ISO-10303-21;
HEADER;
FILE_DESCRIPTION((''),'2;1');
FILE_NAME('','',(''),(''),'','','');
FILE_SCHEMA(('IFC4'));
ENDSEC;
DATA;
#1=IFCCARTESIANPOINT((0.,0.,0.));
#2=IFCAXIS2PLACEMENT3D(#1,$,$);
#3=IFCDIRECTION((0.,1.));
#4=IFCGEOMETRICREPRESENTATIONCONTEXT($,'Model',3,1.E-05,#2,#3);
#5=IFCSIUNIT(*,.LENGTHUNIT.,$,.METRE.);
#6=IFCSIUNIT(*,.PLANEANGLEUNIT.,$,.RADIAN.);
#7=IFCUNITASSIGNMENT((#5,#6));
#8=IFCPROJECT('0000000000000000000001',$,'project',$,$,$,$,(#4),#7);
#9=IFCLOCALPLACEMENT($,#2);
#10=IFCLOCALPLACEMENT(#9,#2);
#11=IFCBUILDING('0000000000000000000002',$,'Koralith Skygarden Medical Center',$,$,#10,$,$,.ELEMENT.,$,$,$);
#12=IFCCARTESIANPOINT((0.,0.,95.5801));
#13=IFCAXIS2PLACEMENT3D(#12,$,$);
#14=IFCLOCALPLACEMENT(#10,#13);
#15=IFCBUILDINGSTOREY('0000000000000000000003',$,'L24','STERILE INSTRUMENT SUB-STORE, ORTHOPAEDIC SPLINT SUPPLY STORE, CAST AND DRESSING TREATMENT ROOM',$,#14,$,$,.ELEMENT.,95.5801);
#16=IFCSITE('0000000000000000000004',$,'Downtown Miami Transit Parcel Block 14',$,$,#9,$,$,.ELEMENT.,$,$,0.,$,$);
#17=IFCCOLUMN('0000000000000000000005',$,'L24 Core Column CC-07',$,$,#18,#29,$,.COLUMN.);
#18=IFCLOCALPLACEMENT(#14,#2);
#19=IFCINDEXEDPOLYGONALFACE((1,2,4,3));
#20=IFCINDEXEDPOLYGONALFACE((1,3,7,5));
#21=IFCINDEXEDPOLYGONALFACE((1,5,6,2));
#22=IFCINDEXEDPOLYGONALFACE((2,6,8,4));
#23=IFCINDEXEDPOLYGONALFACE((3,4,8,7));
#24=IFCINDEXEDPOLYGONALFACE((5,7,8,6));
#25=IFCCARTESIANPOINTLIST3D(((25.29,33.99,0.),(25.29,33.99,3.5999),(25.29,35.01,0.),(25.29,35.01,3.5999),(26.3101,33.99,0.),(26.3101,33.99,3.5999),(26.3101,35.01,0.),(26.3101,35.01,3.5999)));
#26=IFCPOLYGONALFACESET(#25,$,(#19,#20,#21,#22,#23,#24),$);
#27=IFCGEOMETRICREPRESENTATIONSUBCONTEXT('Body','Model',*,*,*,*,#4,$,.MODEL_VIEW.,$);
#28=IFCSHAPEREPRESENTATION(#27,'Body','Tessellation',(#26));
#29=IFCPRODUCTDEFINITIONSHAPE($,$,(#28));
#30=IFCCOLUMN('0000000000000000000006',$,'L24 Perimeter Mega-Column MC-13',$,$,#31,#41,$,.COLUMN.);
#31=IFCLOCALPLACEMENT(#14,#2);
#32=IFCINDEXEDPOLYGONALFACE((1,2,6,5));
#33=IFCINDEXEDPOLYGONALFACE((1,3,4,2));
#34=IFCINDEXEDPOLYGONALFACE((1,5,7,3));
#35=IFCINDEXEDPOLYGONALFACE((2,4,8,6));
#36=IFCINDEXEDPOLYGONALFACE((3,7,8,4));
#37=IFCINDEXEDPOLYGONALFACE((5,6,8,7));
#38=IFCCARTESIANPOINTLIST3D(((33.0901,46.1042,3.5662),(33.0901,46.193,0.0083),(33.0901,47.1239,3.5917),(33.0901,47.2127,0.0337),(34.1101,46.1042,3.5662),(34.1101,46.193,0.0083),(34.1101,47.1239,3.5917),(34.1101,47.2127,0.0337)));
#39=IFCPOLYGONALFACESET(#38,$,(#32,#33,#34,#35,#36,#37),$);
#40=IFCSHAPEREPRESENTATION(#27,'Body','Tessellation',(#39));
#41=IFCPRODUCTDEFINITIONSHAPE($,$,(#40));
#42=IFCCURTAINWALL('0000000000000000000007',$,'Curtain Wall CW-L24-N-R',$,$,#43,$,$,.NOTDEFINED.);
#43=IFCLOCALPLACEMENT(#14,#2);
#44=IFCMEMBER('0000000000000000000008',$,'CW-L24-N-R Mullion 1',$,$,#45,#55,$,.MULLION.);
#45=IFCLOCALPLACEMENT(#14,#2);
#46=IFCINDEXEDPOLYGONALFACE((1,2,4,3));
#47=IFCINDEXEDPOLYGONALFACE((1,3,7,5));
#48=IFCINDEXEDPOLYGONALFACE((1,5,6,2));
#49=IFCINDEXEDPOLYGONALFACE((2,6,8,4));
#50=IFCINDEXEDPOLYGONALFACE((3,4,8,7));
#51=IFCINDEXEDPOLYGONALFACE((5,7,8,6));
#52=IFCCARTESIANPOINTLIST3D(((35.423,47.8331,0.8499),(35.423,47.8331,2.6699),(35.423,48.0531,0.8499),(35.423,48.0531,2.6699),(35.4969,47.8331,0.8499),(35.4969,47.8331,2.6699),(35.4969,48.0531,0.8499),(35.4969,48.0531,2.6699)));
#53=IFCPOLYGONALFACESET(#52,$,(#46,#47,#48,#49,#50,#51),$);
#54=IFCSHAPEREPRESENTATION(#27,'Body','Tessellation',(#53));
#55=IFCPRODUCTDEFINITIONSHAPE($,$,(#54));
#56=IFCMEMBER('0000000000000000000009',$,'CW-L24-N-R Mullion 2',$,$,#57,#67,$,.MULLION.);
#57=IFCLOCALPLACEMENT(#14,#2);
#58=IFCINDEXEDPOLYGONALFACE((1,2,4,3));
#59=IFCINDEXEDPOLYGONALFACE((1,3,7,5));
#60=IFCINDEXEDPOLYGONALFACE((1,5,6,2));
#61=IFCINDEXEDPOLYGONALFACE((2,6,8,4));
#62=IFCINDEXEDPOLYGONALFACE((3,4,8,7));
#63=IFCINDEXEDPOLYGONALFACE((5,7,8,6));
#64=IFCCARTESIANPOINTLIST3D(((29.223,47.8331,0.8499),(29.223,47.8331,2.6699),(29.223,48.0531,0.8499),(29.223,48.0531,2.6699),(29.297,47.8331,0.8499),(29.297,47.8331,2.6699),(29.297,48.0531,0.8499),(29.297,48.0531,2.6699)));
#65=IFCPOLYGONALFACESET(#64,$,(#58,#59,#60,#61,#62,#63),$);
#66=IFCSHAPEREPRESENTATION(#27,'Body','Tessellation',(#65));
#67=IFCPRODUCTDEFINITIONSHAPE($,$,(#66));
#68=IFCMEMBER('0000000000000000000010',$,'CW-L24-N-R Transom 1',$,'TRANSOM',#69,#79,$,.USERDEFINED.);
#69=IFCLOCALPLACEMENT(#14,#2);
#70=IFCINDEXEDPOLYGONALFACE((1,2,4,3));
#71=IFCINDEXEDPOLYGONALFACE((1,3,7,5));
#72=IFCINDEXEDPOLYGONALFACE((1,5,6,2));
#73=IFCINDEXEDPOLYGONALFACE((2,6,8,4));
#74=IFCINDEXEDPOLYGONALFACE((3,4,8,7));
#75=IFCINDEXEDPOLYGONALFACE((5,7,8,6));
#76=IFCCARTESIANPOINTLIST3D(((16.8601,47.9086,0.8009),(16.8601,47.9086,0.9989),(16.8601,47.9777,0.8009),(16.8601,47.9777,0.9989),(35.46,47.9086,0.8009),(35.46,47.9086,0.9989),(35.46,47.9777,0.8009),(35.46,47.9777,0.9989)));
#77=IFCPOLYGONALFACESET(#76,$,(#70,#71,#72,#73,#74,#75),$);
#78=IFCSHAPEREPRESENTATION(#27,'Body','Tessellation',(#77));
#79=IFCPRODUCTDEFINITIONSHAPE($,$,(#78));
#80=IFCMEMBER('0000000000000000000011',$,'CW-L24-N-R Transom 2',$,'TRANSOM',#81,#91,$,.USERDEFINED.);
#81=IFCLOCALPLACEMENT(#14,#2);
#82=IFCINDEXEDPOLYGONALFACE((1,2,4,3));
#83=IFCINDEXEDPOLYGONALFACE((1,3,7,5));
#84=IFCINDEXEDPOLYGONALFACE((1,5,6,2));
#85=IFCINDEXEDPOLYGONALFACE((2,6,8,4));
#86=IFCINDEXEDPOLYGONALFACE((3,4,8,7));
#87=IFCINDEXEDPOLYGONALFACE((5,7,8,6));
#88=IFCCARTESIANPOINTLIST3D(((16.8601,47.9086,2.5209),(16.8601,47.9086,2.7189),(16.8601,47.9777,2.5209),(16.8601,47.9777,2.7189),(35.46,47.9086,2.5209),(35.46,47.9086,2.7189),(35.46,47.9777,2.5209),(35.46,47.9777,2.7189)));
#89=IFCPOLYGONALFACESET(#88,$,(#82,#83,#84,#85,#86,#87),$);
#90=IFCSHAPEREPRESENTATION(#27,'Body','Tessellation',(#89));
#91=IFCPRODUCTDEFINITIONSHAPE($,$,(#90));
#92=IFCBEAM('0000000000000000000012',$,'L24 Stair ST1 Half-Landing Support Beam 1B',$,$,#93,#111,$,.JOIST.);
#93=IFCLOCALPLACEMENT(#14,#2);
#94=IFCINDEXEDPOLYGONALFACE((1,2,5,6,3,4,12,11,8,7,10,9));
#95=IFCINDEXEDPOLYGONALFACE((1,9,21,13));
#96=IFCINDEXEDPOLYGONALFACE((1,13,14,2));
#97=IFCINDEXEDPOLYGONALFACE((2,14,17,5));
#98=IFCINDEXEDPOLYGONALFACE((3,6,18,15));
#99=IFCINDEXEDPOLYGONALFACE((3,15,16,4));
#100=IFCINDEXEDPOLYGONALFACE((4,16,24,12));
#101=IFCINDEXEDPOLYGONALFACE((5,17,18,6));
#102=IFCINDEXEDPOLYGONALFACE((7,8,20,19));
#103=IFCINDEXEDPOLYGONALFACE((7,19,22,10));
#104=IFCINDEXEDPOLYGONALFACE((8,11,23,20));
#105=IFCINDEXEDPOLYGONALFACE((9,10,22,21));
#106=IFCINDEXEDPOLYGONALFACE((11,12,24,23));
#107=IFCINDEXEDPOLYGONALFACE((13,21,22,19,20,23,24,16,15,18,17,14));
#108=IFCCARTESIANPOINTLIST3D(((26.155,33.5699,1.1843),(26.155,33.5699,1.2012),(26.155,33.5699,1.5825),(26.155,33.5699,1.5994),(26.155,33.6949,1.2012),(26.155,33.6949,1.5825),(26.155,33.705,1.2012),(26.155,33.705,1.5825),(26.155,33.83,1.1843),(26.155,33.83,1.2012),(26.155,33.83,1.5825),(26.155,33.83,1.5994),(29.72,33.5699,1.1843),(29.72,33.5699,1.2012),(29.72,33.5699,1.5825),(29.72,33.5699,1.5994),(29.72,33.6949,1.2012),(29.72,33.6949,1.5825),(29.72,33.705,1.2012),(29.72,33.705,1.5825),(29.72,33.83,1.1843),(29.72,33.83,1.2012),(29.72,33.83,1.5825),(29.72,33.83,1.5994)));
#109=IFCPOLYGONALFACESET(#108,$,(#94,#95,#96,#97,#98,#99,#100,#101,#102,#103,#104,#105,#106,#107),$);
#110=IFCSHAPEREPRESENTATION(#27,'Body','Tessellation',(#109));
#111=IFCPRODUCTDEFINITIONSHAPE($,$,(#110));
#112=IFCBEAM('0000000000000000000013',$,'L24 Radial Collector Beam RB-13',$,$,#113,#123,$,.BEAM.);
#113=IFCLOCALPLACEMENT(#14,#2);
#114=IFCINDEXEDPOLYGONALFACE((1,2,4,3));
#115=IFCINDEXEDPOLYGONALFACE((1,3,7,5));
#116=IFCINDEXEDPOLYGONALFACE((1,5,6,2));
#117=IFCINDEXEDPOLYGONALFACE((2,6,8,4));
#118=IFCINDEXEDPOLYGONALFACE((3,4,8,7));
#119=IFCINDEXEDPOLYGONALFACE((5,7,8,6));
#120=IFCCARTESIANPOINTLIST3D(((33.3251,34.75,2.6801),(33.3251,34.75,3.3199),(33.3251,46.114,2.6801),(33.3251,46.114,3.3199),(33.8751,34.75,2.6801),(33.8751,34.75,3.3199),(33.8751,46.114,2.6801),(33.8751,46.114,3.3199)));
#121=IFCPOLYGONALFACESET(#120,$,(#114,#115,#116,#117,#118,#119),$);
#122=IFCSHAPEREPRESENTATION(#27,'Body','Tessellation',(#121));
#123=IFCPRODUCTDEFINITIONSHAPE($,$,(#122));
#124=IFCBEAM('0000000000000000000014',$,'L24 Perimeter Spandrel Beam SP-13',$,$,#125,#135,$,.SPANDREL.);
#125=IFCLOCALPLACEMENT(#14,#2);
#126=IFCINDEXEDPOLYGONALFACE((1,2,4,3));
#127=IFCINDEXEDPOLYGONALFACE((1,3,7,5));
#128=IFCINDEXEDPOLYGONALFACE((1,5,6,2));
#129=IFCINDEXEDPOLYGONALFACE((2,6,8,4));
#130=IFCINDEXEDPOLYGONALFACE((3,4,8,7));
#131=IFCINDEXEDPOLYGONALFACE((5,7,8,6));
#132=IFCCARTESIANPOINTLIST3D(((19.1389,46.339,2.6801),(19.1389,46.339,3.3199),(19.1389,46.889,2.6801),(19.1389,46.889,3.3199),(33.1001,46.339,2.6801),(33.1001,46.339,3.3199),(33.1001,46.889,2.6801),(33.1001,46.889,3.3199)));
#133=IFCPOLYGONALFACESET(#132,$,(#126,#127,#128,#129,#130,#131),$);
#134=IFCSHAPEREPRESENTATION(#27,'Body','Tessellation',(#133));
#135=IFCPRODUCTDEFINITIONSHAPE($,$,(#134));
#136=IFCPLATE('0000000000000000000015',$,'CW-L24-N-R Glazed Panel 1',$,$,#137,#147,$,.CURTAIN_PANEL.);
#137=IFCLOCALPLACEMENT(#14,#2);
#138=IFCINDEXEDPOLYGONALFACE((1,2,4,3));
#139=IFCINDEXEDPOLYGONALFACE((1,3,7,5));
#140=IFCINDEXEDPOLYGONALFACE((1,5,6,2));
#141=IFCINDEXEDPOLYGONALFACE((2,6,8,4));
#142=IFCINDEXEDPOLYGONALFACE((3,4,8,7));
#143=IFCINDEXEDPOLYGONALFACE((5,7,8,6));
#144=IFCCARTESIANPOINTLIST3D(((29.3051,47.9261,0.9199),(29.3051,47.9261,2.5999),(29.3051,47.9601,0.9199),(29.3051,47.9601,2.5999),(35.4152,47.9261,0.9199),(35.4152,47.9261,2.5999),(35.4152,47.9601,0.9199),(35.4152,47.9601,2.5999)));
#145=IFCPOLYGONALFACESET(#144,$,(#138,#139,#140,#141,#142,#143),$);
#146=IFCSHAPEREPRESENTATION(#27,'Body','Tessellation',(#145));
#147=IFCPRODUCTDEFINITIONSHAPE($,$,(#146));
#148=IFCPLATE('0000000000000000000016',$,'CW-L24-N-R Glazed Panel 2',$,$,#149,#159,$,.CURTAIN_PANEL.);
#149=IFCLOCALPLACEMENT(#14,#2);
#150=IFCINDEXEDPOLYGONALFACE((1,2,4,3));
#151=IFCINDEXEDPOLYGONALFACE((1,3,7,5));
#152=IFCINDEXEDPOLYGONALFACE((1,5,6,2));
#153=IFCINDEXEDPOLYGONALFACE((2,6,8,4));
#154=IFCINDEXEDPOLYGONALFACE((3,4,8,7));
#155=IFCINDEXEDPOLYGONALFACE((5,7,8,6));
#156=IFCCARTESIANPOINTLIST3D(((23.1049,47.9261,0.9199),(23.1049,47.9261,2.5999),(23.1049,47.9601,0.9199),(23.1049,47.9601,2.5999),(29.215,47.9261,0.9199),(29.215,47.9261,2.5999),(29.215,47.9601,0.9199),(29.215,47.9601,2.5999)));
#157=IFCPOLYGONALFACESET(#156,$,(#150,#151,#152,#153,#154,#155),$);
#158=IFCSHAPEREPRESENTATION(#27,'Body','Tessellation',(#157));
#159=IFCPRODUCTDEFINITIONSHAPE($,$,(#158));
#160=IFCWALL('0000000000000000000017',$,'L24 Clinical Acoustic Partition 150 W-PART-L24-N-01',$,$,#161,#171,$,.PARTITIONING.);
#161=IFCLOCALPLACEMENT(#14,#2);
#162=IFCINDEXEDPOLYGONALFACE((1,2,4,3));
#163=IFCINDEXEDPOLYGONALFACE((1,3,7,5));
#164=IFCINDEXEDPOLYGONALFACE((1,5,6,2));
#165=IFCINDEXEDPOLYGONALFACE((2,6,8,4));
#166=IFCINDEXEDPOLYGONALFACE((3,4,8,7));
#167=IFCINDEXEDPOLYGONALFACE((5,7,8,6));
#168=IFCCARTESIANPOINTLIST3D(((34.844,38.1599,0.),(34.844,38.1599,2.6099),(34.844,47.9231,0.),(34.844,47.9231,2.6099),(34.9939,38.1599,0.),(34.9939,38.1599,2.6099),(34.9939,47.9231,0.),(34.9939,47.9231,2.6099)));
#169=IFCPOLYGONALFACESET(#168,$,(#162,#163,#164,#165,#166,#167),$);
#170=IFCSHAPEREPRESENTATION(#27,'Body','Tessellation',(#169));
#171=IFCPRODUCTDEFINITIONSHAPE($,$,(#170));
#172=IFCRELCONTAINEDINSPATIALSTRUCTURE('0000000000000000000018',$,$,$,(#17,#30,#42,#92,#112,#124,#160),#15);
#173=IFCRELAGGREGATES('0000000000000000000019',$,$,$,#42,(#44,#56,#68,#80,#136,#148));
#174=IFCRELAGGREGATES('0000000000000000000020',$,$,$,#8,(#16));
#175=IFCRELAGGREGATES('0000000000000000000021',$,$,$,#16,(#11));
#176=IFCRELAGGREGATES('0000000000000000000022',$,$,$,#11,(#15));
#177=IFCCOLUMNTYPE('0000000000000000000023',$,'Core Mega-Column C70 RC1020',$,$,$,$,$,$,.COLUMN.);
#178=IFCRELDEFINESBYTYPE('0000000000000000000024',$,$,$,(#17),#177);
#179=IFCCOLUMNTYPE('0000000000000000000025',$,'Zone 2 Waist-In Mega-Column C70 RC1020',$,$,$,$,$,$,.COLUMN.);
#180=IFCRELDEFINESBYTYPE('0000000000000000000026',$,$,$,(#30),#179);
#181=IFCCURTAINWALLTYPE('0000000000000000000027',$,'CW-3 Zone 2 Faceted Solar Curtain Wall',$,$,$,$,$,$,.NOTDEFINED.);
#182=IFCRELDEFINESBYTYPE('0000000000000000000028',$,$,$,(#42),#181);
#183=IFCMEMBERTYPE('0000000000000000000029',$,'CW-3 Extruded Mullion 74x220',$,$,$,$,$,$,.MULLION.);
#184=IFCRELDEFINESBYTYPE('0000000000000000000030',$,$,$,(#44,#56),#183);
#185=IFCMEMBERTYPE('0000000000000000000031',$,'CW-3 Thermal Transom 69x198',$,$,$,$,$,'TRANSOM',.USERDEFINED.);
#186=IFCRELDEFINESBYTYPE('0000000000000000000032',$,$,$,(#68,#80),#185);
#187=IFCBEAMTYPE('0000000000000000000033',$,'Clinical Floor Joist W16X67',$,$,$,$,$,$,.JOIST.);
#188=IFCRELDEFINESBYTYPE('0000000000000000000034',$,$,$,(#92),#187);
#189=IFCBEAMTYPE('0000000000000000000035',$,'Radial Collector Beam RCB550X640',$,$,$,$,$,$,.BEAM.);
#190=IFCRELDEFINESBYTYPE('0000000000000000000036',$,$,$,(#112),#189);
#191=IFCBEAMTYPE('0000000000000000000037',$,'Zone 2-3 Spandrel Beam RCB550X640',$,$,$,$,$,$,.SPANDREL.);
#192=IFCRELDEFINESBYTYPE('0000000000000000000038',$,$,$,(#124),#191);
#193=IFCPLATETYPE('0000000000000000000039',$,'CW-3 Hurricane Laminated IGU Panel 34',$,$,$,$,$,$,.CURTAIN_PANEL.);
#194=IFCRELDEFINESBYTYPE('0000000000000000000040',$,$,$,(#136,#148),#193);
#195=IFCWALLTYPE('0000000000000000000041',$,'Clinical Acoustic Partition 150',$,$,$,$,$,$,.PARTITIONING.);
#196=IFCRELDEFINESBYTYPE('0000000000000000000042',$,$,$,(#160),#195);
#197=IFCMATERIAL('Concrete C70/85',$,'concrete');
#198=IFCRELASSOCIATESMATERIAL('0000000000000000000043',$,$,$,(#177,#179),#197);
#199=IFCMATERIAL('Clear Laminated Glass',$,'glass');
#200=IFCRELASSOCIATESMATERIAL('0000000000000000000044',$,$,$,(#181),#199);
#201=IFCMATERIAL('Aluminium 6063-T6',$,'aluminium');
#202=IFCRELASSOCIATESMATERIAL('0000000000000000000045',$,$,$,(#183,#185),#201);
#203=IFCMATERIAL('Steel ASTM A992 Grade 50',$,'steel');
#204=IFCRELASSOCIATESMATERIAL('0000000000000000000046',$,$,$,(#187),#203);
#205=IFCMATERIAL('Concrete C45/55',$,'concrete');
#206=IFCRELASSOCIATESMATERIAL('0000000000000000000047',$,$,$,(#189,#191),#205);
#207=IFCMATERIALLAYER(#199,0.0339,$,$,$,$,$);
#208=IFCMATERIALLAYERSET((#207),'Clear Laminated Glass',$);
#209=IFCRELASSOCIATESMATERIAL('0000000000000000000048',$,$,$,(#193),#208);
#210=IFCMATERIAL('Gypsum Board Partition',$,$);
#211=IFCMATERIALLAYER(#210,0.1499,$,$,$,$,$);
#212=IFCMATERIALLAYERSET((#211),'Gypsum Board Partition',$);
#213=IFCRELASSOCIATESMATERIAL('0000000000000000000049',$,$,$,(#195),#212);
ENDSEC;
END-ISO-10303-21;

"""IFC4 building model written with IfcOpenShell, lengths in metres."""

from ifc_helpers import new_model, si_unit, direction, frame, frame_2d, origin, origin_2d, place, context, subcontext, project, spatial, rectangle, i_section, extrude, material, layer, layer_set, material_profile, profile_set, type_object, element, aggregate, save


model = new_model("IFC4")

# Units and contexts
model_context = context("Model", 3, precision=1e-05, world=origin(), true_north=direction((0.0, 1.0)))
body_context = subcontext(model_context, "Body", "Model", "MODEL_VIEW")
ifc_project = project(units=[si_unit("LENGTHUNIT", "METRE"), si_unit("PLANEANGLEUNIT", "RADIAN")], contexts=[model_context])

# Site, building, storey
site_placement = place(None, origin())
site = spatial("IfcSite", under=ifc_project, at=site_placement, Name="Downtown Miami Transit Parcel Block 14", CompositionType="ELEMENT", RefElevation=0.0)
building_placement = place(site_placement, origin())
building = spatial("IfcBuilding", under=site, at=building_placement, Name="Koralith Skygarden Medical Center", CompositionType="ELEMENT")
storey_placement = place(building_placement, frame((0.0, 0.0, 95.5801)))
storey = spatial("IfcBuildingStorey", under=building, at=storey_placement, Name="L24", Description="STERILE INSTRUMENT SUB-STORE, ORTHOPAEDIC SPLINT SUPPLY STORE, CAST AND DRESSING TREATMENT ROOM", CompositionType="ELEMENT", Elevation=95.5801)

# Columns
ifc_material_1 = material(Name="Concrete C70/85", Category="concrete")
ifc_material_profile_1 = material_profile(ifc_material_1, rectangle(XDim=1.02, YDim=1.02, at=origin_2d()), Name="RC1020X1020")
ifc_profile_set_1 = profile_set([ifc_material_profile_1], Name="Concrete C70/85")
column_type_1 = type_object("IfcColumnType", Name="Core Mega-Column C70 RC1020", PredefinedType="COLUMN", material=ifc_profile_set_1)
column_1_placement = place(storey_placement, frame((25.8, 34.5, 0.0), z_axis=(0.0, 0.0, 1.0), x_axis=(1.0, 0.0, 0.0)))
element("IfcColumn", 1, at=column_1_placement, inside=storey, type_object=column_type_1, Name="L24 Core Column CC-07", PredefinedType="COLUMN", context=body_context, shape_type="SweptSolid", body=[
    extrude(rectangle(XDim=1.02, YDim=1.02, at=origin_2d()), origin(), (0.0, 0.0, 1.0), 3.5999),
])
ifc_material_profile_2 = material_profile(ifc_material_1, rectangle(XDim=1.02, YDim=1.02, at=origin_2d()), Name="RC1020X1020")
ifc_profile_set_2 = profile_set([ifc_material_profile_2], Name="Concrete C70/85")
column_type_2 = type_object("IfcColumnType", Name="Zone 2 Waist-In Mega-Column C70 RC1020", PredefinedType="COLUMN", material=ifc_profile_set_2)
column_2_placement = place(storey_placement, frame((33.6001, 46.7029, 0.021), z_axis=(0.0, -0.02497, 0.999688), x_axis=(1.0, 0.0, 0.0)))
element("IfcColumn", 2, at=column_2_placement, inside=storey, type_object=column_type_2, Name="L24 Perimeter Mega-Column MC-13", PredefinedType="COLUMN", context=body_context, shape_type="SweptSolid", body=[
    extrude(rectangle(XDim=1.02, YDim=1.02, at=origin_2d()), origin(), (0.0, 0.0, 1.0), 3.5591),
])

# Curtain wall, members
ifc_material_2 = material(Name="Clear Laminated Glass", Category="glass")
curtain_wall_type = type_object("IfcCurtainWallType", Name="CW-3 Zone 2 Faceted Solar Curtain Wall", PredefinedType="NOTDEFINED", material=ifc_material_2)
curtain_wall_placement = place(storey_placement, origin())
curtain_wall = element("IfcCurtainWall", 3, at=curtain_wall_placement, inside=storey, type_object=curtain_wall_type, Name="Curtain Wall CW-L24-N-R", PredefinedType="NOTDEFINED")
ifc_material_3 = material(Name="Aluminium 6063-T6", Category="aluminium")
ifc_material_profile_3 = material_profile(ifc_material_3, rectangle(XDim=0.074, YDim=0.22, at=origin_2d()), Name="MUL74X220")
ifc_profile_set_3 = profile_set([ifc_material_profile_3], Name="Aluminium 6063-T6")
member_type_1 = type_object("IfcMemberType", Name="CW-3 Extruded Mullion 74x220", PredefinedType="MULLION", material=ifc_profile_set_3)
member_1_placement = place(storey_placement, frame((35.46, 47.9431, 0.8499), z_axis=(0.0, 0.0, 1.0), x_axis=(1.0, 0.0, 0.0)))
member_1 = element("IfcMember", 4, at=member_1_placement, type_object=member_type_1, Name="CW-L24-N-R Mullion 1", PredefinedType="MULLION", context=body_context, shape_type="SweptSolid", body=[
    extrude(rectangle(XDim=0.074, YDim=0.22, at=origin_2d()), origin(), (0.0, 0.0, 1.0), 1.8201),
])
member_2_placement = place(storey_placement, frame((29.26, 47.9431, 0.8499), z_axis=(0.0, 0.0, 1.0), x_axis=(1.0, 0.0, 0.0)))
member_2 = element("IfcMember", 5, at=member_2_placement, type_object=member_type_1, Name="CW-L24-N-R Mullion 2", PredefinedType="MULLION", context=body_context, shape_type="SweptSolid", body=[
    extrude(rectangle(XDim=0.074, YDim=0.22, at=origin_2d()), origin(), (0.0, 0.0, 1.0), 1.8201),
])
ifc_material_profile_4 = material_profile(ifc_material_3, rectangle(XDim=0.0691, YDim=0.198, at=origin_2d()), Name="TRN69X198")
ifc_profile_set_4 = profile_set([ifc_material_profile_4], Name="Aluminium 6063-T6")
member_type_2 = type_object("IfcMemberType", Name="CW-3 Thermal Transom 69x198", ElementType="TRANSOM", PredefinedType="USERDEFINED", material=ifc_profile_set_4)
member_3_placement = place(storey_placement, frame((35.46, 47.9431, 0.8999), z_axis=(-1.0, 0.0, 0.0), x_axis=(0.0, -1.0, 0.0)))
member_3 = element("IfcMember", 6, at=member_3_placement, type_object=member_type_2, Name="CW-L24-N-R Transom 1", ObjectType="TRANSOM", PredefinedType="USERDEFINED", context=body_context, shape_type="SweptSolid", body=[
    extrude(rectangle(XDim=0.0691, YDim=0.198, at=origin_2d()), origin(), (0.0, 0.0, 1.0), 18.5999),
])
member_4_placement = place(storey_placement, frame((35.46, 47.9431, 2.6199), z_axis=(-1.0, 0.0, 0.0), x_axis=(0.0, -1.0, 0.0)))
member_4 = element("IfcMember", 7, at=member_4_placement, type_object=member_type_2, Name="CW-L24-N-R Transom 2", ObjectType="TRANSOM", PredefinedType="USERDEFINED", context=body_context, shape_type="SweptSolid", body=[
    extrude(rectangle(XDim=0.0691, YDim=0.198, at=origin_2d()), origin(), (0.0, 0.0, 1.0), 18.5999),
])

# Beams
ifc_material_4 = material(Name="Steel ASTM A992 Grade 50", Category="steel")
ifc_material_profile_5 = material_profile(ifc_material_4, i_section(OverallWidth=0.26, OverallDepth=0.415, WebThickness=0.01, FlangeThickness=0.0168, at=origin_2d()), Name="W16X67")
ifc_profile_set_5 = profile_set([ifc_material_profile_5], Name="Steel ASTM A992 Grade 50")
beam_type_1 = type_object("IfcBeamType", Name="Clinical Floor Joist W16X67", PredefinedType="JOIST", material=ifc_profile_set_5)
beam_1_placement = place(storey_placement, frame((26.155, 33.7, 1.3918), z_axis=(1.0, 0.0, 0.0), x_axis=(0.0, 1.0, 0.0)))
element("IfcBeam", 8, at=beam_1_placement, inside=storey, type_object=beam_type_1, Name="L24 Stair ST1 Half-Landing Support Beam 1B", PredefinedType="JOIST", context=body_context, shape_type="SweptSolid", body=[
    extrude(i_section(OverallWidth=0.26, OverallDepth=0.415, WebThickness=0.01, FlangeThickness=0.0168, at=origin_2d()), origin(), (0.0, 0.0, 1.0), 3.5649),
])
ifc_material_5 = material(Name="Concrete C45/55", Category="concrete")
ifc_material_profile_6 = material_profile(ifc_material_5, rectangle(XDim=0.55, YDim=0.6399, at=origin_2d()), Name="RCB550X640")
ifc_profile_set_6 = profile_set([ifc_material_profile_6], Name="Concrete C45/55")
beam_type_2 = type_object("IfcBeamType", Name="Radial Collector Beam RCB550X640", PredefinedType="BEAM", material=ifc_profile_set_6)
beam_2_placement = place(storey_placement, frame((33.6001, 34.75, 3.0), z_axis=(0.0, 1.0, 0.0), x_axis=(-1.0, 0.0, 0.0)))
element("IfcBeam", 9, at=beam_2_placement, inside=storey, type_object=beam_type_2, Name="L24 Radial Collector Beam RB-13", PredefinedType="BEAM", context=body_context, shape_type="SweptSolid", body=[
    extrude(rectangle(XDim=0.55, YDim=0.6399, at=origin_2d()), origin(), (0.0, 0.0, 1.0), 11.364),
])
ifc_material_profile_7 = material_profile(ifc_material_5, rectangle(XDim=0.55, YDim=0.6399, at=origin_2d()), Name="RCB550X640")
ifc_profile_set_7 = profile_set([ifc_material_profile_7], Name="Concrete C45/55")
beam_type_3 = type_object("IfcBeamType", Name="Zone 2-3 Spandrel Beam RCB550X640", PredefinedType="SPANDREL", material=ifc_profile_set_7)
beam_3_placement = place(storey_placement, frame((33.1001, 46.614, 3.0), z_axis=(-1.0, 0.0, 0.0), x_axis=(0.0, -1.0, 0.0)))
element("IfcBeam", 10, at=beam_3_placement, inside=storey, type_object=beam_type_3, Name="L24 Perimeter Spandrel Beam SP-13", PredefinedType="SPANDREL", context=body_context, shape_type="SweptSolid", body=[
    extrude(rectangle(XDim=0.55, YDim=0.6399, at=origin_2d()), origin(), (0.0, 0.0, 1.0), 13.9612),
])

# Plates
ifc_layer_1 = layer(ifc_material_2, 0.0339)
ifc_layer_set_1 = layer_set([ifc_layer_1], Name="Clear Laminated Glass")
plate_type = type_object("IfcPlateType", Name="CW-3 Hurricane Laminated IGU Panel 34", PredefinedType="CURTAIN_PANEL", material=ifc_layer_set_1)
plate_1_placement = place(storey_placement, frame((32.3601, 47.9431, 0.9199), z_axis=(0.0, 0.0, 1.0), x_axis=(-1.0, 0.0, 0.0)))
plate_1 = element("IfcPlate", 11, at=plate_1_placement, type_object=plate_type, Name="CW-L24-N-R Glazed Panel 1", PredefinedType="CURTAIN_PANEL", context=body_context, shape_type="SweptSolid", body=[
    extrude(rectangle(XDim=6.1101, YDim=0.0339, at=origin_2d()), origin(), (0.0, 0.0, 1.0), 1.6799),
])
plate_2_placement = place(storey_placement, frame((26.1599, 47.9431, 0.9199), z_axis=(0.0, 0.0, 1.0), x_axis=(-1.0, 0.0, 0.0)))
plate_2 = element("IfcPlate", 12, at=plate_2_placement, type_object=plate_type, Name="CW-L24-N-R Glazed Panel 2", PredefinedType="CURTAIN_PANEL", context=body_context, shape_type="SweptSolid", body=[
    extrude(rectangle(XDim=6.1101, YDim=0.0339, at=origin_2d()), origin(), (0.0, 0.0, 1.0), 1.6799),
])
aggregate(curtain_wall, [member_1, member_2, member_3, member_4, plate_1, plate_2])

# Wall
ifc_material_6 = material(Name="Gypsum Board Partition")
ifc_layer_2 = layer(ifc_material_6, 0.1499)
ifc_layer_set_2 = layer_set([ifc_layer_2], Name="Gypsum Board Partition")
wall_type_1 = type_object("IfcWallType", Name="Clinical Acoustic Partition 150", PredefinedType="PARTITIONING", material=ifc_layer_set_2)
wall_1_placement = place(storey_placement, frame((34.9189, 38.1599, 0.0), z_axis=(0.0, 0.0, 1.0), x_axis=(0.0, 1.0, 0.0)))
element("IfcWall", 13, at=wall_1_placement, inside=storey, type_object=wall_type_1, Name="L24 Clinical Acoustic Partition 150 W-PART-L24-N-01", PredefinedType="PARTITIONING", context=body_context, shape_type="SweptSolid", body=[
    extrude(rectangle(XDim=9.7632, YDim=0.1499, at=frame_2d((4.8816, 0.0))), origin(), (0.0, 0.0, 1.0), 2.6099),
])

save(model, "model.ifc")
